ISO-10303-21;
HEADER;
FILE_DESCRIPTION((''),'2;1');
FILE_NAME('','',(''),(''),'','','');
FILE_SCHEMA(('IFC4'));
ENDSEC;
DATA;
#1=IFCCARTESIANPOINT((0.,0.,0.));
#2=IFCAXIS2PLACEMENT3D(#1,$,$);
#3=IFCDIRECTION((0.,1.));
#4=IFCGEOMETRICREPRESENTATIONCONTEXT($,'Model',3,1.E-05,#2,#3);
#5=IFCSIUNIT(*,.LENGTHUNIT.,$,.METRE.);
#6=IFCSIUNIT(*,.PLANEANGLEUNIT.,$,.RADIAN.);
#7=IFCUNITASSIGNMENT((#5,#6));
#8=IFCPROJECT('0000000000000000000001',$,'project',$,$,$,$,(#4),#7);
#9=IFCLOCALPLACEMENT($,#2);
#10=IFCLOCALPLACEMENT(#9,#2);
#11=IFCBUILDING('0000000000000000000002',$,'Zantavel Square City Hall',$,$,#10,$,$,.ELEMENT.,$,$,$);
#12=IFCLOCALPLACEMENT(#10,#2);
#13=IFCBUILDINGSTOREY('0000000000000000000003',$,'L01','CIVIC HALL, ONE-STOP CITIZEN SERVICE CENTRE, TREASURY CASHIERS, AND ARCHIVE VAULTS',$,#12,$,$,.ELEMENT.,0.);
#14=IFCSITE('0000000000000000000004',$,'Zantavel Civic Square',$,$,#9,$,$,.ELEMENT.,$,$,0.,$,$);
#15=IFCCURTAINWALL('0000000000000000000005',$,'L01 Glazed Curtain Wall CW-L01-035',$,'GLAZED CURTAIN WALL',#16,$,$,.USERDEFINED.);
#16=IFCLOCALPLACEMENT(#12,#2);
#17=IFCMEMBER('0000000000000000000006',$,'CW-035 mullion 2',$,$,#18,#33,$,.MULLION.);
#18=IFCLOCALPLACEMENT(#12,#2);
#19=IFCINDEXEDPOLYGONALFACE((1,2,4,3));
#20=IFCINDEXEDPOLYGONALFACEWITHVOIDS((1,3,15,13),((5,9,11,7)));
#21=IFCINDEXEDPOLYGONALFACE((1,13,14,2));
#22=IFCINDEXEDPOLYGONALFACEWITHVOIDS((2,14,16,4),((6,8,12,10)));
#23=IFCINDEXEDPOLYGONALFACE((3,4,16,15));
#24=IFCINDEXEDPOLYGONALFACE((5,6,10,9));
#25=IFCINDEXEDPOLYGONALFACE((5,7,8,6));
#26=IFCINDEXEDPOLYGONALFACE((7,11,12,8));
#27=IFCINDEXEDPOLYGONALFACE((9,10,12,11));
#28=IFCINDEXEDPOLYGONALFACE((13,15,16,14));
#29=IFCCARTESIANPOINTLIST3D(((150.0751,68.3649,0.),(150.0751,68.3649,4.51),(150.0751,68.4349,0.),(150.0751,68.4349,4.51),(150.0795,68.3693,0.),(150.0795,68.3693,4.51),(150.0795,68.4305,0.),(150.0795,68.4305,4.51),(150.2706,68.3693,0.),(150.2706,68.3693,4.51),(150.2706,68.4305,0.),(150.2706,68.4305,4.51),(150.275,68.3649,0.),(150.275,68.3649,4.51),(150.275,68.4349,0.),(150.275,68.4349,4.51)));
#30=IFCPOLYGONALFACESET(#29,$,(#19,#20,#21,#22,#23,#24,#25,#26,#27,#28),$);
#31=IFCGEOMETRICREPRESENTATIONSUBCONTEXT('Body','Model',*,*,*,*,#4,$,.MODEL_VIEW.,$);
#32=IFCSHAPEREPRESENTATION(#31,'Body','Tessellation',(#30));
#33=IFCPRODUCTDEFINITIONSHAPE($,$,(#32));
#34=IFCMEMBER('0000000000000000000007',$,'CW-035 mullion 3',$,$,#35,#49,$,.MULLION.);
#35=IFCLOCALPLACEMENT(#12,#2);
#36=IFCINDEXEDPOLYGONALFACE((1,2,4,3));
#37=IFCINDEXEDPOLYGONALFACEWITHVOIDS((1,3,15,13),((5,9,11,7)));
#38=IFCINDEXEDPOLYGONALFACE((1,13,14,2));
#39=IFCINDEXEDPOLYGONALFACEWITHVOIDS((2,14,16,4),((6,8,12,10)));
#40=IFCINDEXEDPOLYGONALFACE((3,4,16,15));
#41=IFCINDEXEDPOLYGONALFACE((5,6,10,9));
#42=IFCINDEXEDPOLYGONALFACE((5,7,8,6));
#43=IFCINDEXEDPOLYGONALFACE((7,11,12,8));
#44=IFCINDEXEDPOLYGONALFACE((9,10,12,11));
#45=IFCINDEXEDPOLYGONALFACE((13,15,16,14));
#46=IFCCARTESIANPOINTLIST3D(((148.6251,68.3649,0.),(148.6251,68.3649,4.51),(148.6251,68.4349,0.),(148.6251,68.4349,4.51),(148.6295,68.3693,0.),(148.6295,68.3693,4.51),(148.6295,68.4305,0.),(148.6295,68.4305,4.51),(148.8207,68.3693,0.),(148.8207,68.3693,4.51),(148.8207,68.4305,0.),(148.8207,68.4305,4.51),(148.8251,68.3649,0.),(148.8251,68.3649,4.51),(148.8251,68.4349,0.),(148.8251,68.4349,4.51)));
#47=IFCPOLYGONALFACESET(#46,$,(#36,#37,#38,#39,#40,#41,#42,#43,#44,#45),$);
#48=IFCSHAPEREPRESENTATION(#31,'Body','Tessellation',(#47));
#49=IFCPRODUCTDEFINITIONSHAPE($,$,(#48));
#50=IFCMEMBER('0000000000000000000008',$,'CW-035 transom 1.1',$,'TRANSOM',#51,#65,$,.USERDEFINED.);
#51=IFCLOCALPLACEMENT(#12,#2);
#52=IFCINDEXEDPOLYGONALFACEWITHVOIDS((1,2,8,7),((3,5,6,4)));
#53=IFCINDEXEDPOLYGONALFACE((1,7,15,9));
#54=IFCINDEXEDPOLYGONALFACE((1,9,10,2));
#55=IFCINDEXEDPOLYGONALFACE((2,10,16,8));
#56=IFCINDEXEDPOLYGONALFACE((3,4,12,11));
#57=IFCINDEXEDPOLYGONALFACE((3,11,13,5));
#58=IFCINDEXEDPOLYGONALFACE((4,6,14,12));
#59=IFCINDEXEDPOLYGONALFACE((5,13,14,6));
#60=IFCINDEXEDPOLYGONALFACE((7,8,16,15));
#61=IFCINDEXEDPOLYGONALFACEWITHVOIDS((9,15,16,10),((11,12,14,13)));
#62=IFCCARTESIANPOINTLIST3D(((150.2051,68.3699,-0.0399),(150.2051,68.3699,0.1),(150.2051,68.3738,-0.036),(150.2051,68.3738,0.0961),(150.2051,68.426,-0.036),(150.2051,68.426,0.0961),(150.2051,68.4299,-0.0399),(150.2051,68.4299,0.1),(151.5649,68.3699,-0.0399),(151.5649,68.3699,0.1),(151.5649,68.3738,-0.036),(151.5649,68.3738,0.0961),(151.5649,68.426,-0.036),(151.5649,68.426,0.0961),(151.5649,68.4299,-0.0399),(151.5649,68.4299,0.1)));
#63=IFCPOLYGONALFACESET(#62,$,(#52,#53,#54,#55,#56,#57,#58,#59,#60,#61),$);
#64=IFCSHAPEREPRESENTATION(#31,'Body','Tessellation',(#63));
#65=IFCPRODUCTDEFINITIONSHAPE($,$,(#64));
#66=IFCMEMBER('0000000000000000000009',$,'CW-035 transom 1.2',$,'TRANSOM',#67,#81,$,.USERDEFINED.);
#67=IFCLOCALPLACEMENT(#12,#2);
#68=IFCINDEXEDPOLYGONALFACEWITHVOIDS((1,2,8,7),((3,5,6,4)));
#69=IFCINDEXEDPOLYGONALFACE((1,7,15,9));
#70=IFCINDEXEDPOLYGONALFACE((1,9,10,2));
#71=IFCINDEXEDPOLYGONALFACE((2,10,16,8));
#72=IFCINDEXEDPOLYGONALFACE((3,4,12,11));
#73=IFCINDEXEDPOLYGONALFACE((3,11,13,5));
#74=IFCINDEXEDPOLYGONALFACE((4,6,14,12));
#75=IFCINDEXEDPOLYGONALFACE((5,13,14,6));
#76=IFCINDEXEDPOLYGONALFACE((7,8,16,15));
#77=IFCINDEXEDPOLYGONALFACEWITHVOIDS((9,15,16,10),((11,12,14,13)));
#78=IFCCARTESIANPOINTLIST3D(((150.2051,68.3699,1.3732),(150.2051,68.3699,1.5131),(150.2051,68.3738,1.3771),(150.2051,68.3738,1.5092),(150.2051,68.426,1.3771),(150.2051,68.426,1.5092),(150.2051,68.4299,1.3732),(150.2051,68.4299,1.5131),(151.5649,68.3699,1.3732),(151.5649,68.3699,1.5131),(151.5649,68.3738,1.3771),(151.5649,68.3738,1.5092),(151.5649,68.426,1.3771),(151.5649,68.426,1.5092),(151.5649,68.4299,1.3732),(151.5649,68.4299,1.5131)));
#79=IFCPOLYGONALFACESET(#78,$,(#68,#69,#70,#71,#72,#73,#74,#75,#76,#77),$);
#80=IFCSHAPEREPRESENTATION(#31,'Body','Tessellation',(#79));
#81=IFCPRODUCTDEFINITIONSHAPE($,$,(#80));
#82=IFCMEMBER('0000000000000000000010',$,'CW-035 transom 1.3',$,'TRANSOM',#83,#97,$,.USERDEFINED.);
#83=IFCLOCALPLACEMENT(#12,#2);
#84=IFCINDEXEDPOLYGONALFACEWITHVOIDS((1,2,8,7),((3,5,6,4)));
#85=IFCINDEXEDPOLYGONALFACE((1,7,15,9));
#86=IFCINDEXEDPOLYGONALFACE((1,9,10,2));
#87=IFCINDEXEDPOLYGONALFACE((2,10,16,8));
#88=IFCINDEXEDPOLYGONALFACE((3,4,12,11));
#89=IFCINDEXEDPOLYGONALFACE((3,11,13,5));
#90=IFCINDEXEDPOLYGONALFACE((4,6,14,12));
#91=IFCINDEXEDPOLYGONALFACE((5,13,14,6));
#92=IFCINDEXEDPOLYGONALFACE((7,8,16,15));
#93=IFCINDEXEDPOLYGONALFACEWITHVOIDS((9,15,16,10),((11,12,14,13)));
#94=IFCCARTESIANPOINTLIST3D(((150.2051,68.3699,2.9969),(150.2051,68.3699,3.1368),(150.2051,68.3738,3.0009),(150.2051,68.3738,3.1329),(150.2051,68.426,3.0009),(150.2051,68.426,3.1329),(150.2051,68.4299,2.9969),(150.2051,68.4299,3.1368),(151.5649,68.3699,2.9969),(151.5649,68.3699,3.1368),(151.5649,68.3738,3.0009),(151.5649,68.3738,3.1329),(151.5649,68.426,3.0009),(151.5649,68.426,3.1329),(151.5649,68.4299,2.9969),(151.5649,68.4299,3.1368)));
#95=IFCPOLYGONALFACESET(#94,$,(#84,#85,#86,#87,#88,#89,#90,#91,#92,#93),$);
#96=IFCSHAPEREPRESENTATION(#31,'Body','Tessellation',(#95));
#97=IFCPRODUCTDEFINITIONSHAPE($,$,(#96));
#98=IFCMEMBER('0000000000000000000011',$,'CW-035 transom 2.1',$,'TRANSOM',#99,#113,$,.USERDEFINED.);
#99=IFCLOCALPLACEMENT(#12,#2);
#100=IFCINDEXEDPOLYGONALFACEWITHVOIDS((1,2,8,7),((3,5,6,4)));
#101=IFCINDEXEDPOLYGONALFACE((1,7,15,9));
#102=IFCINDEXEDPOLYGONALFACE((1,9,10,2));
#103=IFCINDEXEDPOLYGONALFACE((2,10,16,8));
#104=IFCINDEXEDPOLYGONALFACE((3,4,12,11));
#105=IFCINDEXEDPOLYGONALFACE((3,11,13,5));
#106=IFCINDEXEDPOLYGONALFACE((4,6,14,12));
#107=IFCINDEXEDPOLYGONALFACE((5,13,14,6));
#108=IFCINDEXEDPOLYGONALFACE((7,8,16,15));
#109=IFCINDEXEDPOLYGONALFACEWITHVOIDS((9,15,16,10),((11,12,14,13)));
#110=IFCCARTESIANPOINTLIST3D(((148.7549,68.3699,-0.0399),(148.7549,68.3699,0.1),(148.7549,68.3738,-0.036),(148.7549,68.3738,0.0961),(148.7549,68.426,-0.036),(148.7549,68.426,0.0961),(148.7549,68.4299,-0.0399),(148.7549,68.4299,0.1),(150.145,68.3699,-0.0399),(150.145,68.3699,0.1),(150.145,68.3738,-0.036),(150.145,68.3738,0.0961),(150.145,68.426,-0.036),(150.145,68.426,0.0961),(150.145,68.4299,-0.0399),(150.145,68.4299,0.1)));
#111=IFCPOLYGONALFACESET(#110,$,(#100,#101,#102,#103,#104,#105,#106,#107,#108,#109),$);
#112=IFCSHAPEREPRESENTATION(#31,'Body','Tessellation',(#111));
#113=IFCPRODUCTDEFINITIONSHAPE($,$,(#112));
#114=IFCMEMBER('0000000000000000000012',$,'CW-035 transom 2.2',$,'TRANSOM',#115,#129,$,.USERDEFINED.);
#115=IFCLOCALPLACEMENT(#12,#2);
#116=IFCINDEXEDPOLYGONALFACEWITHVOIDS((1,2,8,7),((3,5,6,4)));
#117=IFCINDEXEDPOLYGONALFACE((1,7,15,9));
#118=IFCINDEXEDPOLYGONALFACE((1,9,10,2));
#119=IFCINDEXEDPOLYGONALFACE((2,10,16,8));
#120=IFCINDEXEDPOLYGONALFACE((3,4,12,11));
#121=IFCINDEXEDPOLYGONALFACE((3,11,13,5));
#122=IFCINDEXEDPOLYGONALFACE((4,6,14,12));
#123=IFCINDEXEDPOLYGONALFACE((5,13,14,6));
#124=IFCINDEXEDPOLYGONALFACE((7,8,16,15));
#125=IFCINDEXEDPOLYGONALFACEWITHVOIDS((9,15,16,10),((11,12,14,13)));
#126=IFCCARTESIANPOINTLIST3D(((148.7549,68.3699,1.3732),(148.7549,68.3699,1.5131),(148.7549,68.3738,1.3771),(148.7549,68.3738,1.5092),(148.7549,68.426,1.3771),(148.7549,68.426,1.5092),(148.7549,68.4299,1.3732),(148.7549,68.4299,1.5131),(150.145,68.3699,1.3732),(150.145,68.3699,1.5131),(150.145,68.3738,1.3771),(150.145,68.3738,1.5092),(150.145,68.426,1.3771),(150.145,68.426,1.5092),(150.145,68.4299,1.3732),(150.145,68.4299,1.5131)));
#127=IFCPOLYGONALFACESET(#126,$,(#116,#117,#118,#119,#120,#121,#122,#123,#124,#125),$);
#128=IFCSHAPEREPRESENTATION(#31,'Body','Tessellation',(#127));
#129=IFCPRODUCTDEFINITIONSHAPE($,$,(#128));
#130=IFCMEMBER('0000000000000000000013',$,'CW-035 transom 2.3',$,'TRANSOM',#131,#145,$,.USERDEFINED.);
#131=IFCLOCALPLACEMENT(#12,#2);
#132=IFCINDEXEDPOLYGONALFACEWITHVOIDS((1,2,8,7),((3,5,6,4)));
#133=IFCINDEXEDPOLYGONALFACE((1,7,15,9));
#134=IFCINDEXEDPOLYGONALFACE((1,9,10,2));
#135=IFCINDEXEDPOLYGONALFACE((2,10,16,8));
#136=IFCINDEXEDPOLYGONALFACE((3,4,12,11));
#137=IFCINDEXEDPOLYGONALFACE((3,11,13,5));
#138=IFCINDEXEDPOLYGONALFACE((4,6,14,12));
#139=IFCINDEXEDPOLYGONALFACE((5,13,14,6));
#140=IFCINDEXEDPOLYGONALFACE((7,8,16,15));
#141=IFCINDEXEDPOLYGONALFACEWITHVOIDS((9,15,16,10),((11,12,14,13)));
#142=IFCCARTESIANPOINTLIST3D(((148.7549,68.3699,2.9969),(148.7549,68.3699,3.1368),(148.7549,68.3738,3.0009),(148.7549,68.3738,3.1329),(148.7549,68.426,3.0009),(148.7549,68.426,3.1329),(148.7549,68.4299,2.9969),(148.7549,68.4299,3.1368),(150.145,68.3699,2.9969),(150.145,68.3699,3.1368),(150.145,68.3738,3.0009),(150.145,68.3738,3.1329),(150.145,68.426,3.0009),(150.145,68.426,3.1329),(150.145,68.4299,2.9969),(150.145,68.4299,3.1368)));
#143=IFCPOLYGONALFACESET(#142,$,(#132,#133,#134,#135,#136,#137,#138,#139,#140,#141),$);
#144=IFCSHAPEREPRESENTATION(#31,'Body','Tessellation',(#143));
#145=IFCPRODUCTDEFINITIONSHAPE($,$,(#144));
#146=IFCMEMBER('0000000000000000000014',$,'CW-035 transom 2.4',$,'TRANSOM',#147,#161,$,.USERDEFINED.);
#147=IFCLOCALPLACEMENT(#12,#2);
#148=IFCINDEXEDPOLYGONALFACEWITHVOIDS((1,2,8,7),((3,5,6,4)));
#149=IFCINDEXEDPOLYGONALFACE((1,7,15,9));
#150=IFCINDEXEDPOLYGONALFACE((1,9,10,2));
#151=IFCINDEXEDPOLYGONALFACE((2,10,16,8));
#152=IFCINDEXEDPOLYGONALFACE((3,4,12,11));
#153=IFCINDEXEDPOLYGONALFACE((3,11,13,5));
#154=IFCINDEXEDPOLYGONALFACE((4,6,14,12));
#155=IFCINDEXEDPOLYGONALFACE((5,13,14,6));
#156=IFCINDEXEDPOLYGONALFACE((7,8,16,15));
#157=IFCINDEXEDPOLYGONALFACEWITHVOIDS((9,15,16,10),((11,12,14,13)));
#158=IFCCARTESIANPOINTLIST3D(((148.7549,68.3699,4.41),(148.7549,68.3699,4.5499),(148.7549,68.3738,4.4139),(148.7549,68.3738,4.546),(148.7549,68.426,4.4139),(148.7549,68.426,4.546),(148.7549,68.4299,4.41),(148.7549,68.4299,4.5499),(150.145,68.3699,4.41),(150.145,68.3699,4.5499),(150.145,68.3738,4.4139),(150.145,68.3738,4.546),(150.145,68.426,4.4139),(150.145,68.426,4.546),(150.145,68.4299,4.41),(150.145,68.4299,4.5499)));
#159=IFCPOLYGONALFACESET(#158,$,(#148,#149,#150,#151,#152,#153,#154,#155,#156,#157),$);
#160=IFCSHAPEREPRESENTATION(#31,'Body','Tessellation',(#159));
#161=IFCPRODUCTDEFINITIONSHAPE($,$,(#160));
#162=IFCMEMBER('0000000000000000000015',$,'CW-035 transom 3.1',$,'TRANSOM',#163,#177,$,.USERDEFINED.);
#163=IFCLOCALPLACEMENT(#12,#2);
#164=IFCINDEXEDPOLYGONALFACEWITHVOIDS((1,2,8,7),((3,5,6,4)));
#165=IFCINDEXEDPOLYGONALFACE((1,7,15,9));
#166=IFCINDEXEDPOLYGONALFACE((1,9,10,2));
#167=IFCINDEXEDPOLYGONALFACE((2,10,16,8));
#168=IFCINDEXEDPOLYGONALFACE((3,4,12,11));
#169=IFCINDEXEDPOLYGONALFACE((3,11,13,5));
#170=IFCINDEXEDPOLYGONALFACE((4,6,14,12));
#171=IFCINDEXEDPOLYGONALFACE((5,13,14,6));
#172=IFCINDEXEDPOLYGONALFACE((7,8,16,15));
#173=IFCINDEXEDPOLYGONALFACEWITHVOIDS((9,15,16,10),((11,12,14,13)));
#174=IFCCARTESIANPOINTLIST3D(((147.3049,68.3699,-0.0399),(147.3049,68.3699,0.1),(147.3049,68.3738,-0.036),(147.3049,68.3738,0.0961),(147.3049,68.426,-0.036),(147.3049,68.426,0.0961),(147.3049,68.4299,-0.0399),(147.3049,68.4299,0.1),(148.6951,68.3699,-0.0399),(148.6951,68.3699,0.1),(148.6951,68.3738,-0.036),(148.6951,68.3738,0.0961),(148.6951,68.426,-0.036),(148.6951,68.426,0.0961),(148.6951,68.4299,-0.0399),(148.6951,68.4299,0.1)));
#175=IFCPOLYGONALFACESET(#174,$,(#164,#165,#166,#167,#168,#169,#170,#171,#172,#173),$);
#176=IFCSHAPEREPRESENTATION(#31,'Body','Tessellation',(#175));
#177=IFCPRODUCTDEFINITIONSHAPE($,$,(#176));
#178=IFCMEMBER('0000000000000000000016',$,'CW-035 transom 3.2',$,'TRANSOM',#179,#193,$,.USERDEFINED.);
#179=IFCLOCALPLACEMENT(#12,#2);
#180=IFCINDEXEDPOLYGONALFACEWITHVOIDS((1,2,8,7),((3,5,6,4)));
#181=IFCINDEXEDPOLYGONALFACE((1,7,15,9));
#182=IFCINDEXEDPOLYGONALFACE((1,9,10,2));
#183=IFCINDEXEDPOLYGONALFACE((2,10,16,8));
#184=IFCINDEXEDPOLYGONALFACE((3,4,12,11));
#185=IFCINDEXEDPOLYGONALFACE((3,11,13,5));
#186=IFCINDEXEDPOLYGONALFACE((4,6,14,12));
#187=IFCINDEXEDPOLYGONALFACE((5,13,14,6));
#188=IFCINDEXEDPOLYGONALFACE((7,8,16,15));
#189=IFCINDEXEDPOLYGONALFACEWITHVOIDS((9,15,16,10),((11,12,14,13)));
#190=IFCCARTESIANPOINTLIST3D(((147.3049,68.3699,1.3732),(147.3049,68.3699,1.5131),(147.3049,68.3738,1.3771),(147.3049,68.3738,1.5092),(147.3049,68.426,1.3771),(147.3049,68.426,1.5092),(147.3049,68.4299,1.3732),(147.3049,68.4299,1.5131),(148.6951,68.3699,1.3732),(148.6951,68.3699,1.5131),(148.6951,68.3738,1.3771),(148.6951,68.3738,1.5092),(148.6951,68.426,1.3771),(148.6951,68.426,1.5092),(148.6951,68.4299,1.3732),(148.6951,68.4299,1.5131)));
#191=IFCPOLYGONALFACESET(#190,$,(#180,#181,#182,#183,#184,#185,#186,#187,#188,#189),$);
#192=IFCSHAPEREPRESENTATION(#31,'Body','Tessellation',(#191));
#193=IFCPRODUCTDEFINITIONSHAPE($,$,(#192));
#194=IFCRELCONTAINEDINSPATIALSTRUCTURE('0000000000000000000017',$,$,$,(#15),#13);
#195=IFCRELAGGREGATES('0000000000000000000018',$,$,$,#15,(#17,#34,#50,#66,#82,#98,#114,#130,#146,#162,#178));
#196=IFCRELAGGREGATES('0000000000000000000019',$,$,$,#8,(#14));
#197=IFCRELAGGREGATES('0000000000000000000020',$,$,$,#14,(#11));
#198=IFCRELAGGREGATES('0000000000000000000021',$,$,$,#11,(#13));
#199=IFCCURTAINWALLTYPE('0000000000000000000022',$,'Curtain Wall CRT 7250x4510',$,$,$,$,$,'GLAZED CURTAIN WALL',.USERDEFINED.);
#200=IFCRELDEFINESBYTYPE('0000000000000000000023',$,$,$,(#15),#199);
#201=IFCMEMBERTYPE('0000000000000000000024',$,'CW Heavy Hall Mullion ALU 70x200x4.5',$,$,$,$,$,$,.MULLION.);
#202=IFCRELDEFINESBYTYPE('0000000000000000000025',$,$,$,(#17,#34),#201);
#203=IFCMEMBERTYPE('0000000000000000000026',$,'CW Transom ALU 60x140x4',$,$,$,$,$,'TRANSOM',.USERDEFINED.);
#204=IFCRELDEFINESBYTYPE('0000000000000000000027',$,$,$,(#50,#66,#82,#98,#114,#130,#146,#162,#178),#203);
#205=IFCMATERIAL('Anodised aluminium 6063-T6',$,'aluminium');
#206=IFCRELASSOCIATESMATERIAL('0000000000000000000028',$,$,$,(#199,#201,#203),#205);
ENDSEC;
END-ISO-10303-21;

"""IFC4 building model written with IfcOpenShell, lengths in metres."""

from ifc_helpers import new_model, si_unit, direction, frame, origin, origin_2d, place, context, subcontext, project, spatial, hollow_rectangle, extrude, material, material_profile, profile_set, type_object, element, aggregate, save


model = new_model("IFC4")

# Units and contexts
model_context = context("Model", 3, precision=1e-05, world=origin(), true_north=direction((0.0, 1.0)))
body_context = subcontext(model_context, "Body", "Model", "MODEL_VIEW")
ifc_project = project(units=[si_unit("LENGTHUNIT", "METRE"), si_unit("PLANEANGLEUNIT", "RADIAN")], contexts=[model_context])

# Site, building, storey
site_placement = place(None, origin())
site = spatial("IfcSite", under=ifc_project, at=site_placement, Name="Zantavel Civic Square", CompositionType="ELEMENT", RefElevation=0.0)
building_placement = place(site_placement, origin())
building = spatial("IfcBuilding", under=site, at=building_placement, Name="Zantavel Square City Hall", CompositionType="ELEMENT")
storey_placement = place(building_placement, origin())
storey = spatial("IfcBuildingStorey", under=building, at=storey_placement, Name="L01", Description="CIVIC HALL, ONE-STOP CITIZEN SERVICE CENTRE, TREASURY CASHIERS, AND ARCHIVE VAULTS", CompositionType="ELEMENT", Elevation=0.0)

# Curtain wall, members
ifc_material_1 = material(Name="Anodised aluminium 6063-T6", Category="aluminium")
curtain_wall_type = type_object("IfcCurtainWallType", Name="Curtain Wall CRT 7250x4510", ElementType="GLAZED CURTAIN WALL", PredefinedType="USERDEFINED", material=ifc_material_1)
curtain_wall_placement = place(storey_placement, origin())
curtain_wall = element("IfcCurtainWall", 1, at=curtain_wall_placement, inside=storey, type_object=curtain_wall_type, Name="L01 Glazed Curtain Wall CW-L01-035", ObjectType="GLAZED CURTAIN WALL", PredefinedType="USERDEFINED")
ifc_material_profile_1 = material_profile(ifc_material_1, hollow_rectangle(XDim=0.0701, YDim=0.2, WallThickness=0.0044, at=origin_2d()), Name="ALU 70x200x4.5")
ifc_profile_set_1 = profile_set([ifc_material_profile_1], Name="Anodised aluminium 6063-T6")
member_type_1 = type_object("IfcMemberType", Name="CW Heavy Hall Mullion ALU 70x200x4.5", PredefinedType="MULLION", material=ifc_profile_set_1)
member_1_placement = place(storey_placement, frame((150.175, 68.3999, 0.0), z_axis=(0.0, 0.0, 1.0), x_axis=(0.0, -1.0, 0.0)))
member_1 = element("IfcMember", 2, at=member_1_placement, type_object=member_type_1, Name="CW-035 mullion 2", PredefinedType="MULLION", context=body_context, shape_type="SweptSolid", body=[
    extrude(hollow_rectangle(XDim=0.0701, YDim=0.2, WallThickness=0.0044, at=origin_2d()), origin(), (0.0, 0.0, 1.0), 4.51),
])
member_2_placement = place(storey_placement, frame((148.7251, 68.3999, 0.0), z_axis=(0.0, 0.0, 1.0), x_axis=(0.0, -1.0, 0.0)))
member_2 = element("IfcMember", 3, at=member_2_placement, type_object=member_type_1, Name="CW-035 mullion 3", PredefinedType="MULLION", context=body_context, shape_type="SweptSolid", body=[
    extrude(hollow_rectangle(XDim=0.0701, YDim=0.2, WallThickness=0.0044, at=origin_2d()), origin(), (0.0, 0.0, 1.0), 4.51),
])
ifc_material_profile_2 = material_profile(ifc_material_1, hollow_rectangle(XDim=0.0601, YDim=0.1399, WallThickness=0.0039, at=origin_2d()), Name="ALU 60x140x4")
ifc_profile_set_2 = profile_set([ifc_material_profile_2], Name="Anodised aluminium 6063-T6")
member_type_2 = type_object("IfcMemberType", Name="CW Transom ALU 60x140x4", ElementType="TRANSOM", PredefinedType="USERDEFINED", material=ifc_profile_set_2)
member_3_placement = place(storey_placement, frame((151.5649, 68.3999, 0.03), z_axis=(-1.0, 0.0, 0.0), x_axis=(0.0, -1.0, 0.0)))
member_3 = element("IfcMember", 4, at=member_3_placement, type_object=member_type_2, Name="CW-035 transom 1.1", ObjectType="TRANSOM", PredefinedType="USERDEFINED", context=body_context, shape_type="SweptSolid", body=[
    extrude(hollow_rectangle(XDim=0.0601, YDim=0.1399, WallThickness=0.0039, at=origin_2d()), origin(), (0.0, 0.0, 1.0), 1.3599),
])
member_4_placement = place(storey_placement, frame((151.5649, 68.3999, 1.4431), z_axis=(-1.0, 0.0, 0.0), x_axis=(0.0, -1.0, 0.0)))
member_4 = element("IfcMember", 5, at=member_4_placement, type_object=member_type_2, Name="CW-035 transom 1.2", ObjectType="TRANSOM", PredefinedType="USERDEFINED", context=body_context, shape_type="SweptSolid", body=[
    extrude(hollow_rectangle(XDim=0.0601, YDim=0.1399, WallThickness=0.0039, at=origin_2d()), origin(), (0.0, 0.0, 1.0), 1.3599),
])
member_5_placement = place(storey_placement, frame((151.5649, 68.3999, 3.0669), z_axis=(-1.0, 0.0, 0.0), x_axis=(0.0, -1.0, 0.0)))
member_5 = element("IfcMember", 6, at=member_5_placement, type_object=member_type_2, Name="CW-035 transom 1.3", ObjectType="TRANSOM", PredefinedType="USERDEFINED", context=body_context, shape_type="SweptSolid", body=[
    extrude(hollow_rectangle(XDim=0.0601, YDim=0.1399, WallThickness=0.0039, at=origin_2d()), origin(), (0.0, 0.0, 1.0), 1.3599),
])
member_6_placement = place(storey_placement, frame((150.145, 68.3999, 0.03), z_axis=(-1.0, 0.0, 0.0), x_axis=(0.0, -1.0, 0.0)))
member_6 = element("IfcMember", 7, at=member_6_placement, type_object=member_type_2, Name="CW-035 transom 2.1", ObjectType="TRANSOM", PredefinedType="USERDEFINED", context=body_context, shape_type="SweptSolid", body=[
    extrude(hollow_rectangle(XDim=0.0601, YDim=0.1399, WallThickness=0.0039, at=origin_2d()), origin(), (0.0, 0.0, 1.0), 1.3901),
])
member_7_placement = place(storey_placement, frame((150.145, 68.3999, 1.4431), z_axis=(-1.0, 0.0, 0.0), x_axis=(0.0, -1.0, 0.0)))
member_7 = element("IfcMember", 8, at=member_7_placement, type_object=member_type_2, Name="CW-035 transom 2.2", ObjectType="TRANSOM", PredefinedType="USERDEFINED", context=body_context, shape_type="SweptSolid", body=[
    extrude(hollow_rectangle(XDim=0.0601, YDim=0.1399, WallThickness=0.0039, at=origin_2d()), origin(), (0.0, 0.0, 1.0), 1.3901),
])
member_8_placement = place(storey_placement, frame((150.145, 68.3999, 3.0669), z_axis=(-1.0, 0.0, 0.0), x_axis=(0.0, -1.0, 0.0)))
member_8 = element("IfcMember", 9, at=member_8_placement, type_object=member_type_2, Name="CW-035 transom 2.3", ObjectType="TRANSOM", PredefinedType="USERDEFINED", context=body_context, shape_type="SweptSolid", body=[
    extrude(hollow_rectangle(XDim=0.0601, YDim=0.1399, WallThickness=0.0039, at=origin_2d()), origin(), (0.0, 0.0, 1.0), 1.3901),
])
member_9_placement = place(storey_placement, frame((150.145, 68.3999, 4.48), z_axis=(-1.0, 0.0, 0.0), x_axis=(0.0, -1.0, 0.0)))
member_9 = element("IfcMember", 10, at=member_9_placement, type_object=member_type_2, Name="CW-035 transom 2.4", ObjectType="TRANSOM", PredefinedType="USERDEFINED", context=body_context, shape_type="SweptSolid", body=[
    extrude(hollow_rectangle(XDim=0.0601, YDim=0.1399, WallThickness=0.0039, at=origin_2d()), origin(), (0.0, 0.0, 1.0), 1.3901),
])
member_10_placement = place(storey_placement, frame((148.6951, 68.3999, 0.03), z_axis=(-1.0, 0.0, 0.0), x_axis=(0.0, -1.0, 0.0)))
member_10 = element("IfcMember", 11, at=member_10_placement, type_object=member_type_2, Name="CW-035 transom 3.1", ObjectType="TRANSOM", PredefinedType="USERDEFINED", context=body_context, shape_type="SweptSolid", body=[
    extrude(hollow_rectangle(XDim=0.0601, YDim=0.1399, WallThickness=0.0039, at=origin_2d()), origin(), (0.0, 0.0, 1.0), 1.3901),
])
member_11_placement = place(storey_placement, frame((148.6951, 68.3999, 1.4431), z_axis=(-1.0, 0.0, 0.0), x_axis=(0.0, -1.0, 0.0)))
member_11 = element("IfcMember", 12, at=member_11_placement, type_object=member_type_2, Name="CW-035 transom 3.2", ObjectType="TRANSOM", PredefinedType="USERDEFINED", context=body_context, shape_type="SweptSolid", body=[
    extrude(hollow_rectangle(XDim=0.0601, YDim=0.1399, WallThickness=0.0039, at=origin_2d()), origin(), (0.0, 0.0, 1.0), 1.3901),
])

aggregate(curtain_wall, [member_1, member_2, member_3, member_4, member_5, member_6, member_7, member_8, member_9, member_10, member_11])

save(model, "model.ifc")
